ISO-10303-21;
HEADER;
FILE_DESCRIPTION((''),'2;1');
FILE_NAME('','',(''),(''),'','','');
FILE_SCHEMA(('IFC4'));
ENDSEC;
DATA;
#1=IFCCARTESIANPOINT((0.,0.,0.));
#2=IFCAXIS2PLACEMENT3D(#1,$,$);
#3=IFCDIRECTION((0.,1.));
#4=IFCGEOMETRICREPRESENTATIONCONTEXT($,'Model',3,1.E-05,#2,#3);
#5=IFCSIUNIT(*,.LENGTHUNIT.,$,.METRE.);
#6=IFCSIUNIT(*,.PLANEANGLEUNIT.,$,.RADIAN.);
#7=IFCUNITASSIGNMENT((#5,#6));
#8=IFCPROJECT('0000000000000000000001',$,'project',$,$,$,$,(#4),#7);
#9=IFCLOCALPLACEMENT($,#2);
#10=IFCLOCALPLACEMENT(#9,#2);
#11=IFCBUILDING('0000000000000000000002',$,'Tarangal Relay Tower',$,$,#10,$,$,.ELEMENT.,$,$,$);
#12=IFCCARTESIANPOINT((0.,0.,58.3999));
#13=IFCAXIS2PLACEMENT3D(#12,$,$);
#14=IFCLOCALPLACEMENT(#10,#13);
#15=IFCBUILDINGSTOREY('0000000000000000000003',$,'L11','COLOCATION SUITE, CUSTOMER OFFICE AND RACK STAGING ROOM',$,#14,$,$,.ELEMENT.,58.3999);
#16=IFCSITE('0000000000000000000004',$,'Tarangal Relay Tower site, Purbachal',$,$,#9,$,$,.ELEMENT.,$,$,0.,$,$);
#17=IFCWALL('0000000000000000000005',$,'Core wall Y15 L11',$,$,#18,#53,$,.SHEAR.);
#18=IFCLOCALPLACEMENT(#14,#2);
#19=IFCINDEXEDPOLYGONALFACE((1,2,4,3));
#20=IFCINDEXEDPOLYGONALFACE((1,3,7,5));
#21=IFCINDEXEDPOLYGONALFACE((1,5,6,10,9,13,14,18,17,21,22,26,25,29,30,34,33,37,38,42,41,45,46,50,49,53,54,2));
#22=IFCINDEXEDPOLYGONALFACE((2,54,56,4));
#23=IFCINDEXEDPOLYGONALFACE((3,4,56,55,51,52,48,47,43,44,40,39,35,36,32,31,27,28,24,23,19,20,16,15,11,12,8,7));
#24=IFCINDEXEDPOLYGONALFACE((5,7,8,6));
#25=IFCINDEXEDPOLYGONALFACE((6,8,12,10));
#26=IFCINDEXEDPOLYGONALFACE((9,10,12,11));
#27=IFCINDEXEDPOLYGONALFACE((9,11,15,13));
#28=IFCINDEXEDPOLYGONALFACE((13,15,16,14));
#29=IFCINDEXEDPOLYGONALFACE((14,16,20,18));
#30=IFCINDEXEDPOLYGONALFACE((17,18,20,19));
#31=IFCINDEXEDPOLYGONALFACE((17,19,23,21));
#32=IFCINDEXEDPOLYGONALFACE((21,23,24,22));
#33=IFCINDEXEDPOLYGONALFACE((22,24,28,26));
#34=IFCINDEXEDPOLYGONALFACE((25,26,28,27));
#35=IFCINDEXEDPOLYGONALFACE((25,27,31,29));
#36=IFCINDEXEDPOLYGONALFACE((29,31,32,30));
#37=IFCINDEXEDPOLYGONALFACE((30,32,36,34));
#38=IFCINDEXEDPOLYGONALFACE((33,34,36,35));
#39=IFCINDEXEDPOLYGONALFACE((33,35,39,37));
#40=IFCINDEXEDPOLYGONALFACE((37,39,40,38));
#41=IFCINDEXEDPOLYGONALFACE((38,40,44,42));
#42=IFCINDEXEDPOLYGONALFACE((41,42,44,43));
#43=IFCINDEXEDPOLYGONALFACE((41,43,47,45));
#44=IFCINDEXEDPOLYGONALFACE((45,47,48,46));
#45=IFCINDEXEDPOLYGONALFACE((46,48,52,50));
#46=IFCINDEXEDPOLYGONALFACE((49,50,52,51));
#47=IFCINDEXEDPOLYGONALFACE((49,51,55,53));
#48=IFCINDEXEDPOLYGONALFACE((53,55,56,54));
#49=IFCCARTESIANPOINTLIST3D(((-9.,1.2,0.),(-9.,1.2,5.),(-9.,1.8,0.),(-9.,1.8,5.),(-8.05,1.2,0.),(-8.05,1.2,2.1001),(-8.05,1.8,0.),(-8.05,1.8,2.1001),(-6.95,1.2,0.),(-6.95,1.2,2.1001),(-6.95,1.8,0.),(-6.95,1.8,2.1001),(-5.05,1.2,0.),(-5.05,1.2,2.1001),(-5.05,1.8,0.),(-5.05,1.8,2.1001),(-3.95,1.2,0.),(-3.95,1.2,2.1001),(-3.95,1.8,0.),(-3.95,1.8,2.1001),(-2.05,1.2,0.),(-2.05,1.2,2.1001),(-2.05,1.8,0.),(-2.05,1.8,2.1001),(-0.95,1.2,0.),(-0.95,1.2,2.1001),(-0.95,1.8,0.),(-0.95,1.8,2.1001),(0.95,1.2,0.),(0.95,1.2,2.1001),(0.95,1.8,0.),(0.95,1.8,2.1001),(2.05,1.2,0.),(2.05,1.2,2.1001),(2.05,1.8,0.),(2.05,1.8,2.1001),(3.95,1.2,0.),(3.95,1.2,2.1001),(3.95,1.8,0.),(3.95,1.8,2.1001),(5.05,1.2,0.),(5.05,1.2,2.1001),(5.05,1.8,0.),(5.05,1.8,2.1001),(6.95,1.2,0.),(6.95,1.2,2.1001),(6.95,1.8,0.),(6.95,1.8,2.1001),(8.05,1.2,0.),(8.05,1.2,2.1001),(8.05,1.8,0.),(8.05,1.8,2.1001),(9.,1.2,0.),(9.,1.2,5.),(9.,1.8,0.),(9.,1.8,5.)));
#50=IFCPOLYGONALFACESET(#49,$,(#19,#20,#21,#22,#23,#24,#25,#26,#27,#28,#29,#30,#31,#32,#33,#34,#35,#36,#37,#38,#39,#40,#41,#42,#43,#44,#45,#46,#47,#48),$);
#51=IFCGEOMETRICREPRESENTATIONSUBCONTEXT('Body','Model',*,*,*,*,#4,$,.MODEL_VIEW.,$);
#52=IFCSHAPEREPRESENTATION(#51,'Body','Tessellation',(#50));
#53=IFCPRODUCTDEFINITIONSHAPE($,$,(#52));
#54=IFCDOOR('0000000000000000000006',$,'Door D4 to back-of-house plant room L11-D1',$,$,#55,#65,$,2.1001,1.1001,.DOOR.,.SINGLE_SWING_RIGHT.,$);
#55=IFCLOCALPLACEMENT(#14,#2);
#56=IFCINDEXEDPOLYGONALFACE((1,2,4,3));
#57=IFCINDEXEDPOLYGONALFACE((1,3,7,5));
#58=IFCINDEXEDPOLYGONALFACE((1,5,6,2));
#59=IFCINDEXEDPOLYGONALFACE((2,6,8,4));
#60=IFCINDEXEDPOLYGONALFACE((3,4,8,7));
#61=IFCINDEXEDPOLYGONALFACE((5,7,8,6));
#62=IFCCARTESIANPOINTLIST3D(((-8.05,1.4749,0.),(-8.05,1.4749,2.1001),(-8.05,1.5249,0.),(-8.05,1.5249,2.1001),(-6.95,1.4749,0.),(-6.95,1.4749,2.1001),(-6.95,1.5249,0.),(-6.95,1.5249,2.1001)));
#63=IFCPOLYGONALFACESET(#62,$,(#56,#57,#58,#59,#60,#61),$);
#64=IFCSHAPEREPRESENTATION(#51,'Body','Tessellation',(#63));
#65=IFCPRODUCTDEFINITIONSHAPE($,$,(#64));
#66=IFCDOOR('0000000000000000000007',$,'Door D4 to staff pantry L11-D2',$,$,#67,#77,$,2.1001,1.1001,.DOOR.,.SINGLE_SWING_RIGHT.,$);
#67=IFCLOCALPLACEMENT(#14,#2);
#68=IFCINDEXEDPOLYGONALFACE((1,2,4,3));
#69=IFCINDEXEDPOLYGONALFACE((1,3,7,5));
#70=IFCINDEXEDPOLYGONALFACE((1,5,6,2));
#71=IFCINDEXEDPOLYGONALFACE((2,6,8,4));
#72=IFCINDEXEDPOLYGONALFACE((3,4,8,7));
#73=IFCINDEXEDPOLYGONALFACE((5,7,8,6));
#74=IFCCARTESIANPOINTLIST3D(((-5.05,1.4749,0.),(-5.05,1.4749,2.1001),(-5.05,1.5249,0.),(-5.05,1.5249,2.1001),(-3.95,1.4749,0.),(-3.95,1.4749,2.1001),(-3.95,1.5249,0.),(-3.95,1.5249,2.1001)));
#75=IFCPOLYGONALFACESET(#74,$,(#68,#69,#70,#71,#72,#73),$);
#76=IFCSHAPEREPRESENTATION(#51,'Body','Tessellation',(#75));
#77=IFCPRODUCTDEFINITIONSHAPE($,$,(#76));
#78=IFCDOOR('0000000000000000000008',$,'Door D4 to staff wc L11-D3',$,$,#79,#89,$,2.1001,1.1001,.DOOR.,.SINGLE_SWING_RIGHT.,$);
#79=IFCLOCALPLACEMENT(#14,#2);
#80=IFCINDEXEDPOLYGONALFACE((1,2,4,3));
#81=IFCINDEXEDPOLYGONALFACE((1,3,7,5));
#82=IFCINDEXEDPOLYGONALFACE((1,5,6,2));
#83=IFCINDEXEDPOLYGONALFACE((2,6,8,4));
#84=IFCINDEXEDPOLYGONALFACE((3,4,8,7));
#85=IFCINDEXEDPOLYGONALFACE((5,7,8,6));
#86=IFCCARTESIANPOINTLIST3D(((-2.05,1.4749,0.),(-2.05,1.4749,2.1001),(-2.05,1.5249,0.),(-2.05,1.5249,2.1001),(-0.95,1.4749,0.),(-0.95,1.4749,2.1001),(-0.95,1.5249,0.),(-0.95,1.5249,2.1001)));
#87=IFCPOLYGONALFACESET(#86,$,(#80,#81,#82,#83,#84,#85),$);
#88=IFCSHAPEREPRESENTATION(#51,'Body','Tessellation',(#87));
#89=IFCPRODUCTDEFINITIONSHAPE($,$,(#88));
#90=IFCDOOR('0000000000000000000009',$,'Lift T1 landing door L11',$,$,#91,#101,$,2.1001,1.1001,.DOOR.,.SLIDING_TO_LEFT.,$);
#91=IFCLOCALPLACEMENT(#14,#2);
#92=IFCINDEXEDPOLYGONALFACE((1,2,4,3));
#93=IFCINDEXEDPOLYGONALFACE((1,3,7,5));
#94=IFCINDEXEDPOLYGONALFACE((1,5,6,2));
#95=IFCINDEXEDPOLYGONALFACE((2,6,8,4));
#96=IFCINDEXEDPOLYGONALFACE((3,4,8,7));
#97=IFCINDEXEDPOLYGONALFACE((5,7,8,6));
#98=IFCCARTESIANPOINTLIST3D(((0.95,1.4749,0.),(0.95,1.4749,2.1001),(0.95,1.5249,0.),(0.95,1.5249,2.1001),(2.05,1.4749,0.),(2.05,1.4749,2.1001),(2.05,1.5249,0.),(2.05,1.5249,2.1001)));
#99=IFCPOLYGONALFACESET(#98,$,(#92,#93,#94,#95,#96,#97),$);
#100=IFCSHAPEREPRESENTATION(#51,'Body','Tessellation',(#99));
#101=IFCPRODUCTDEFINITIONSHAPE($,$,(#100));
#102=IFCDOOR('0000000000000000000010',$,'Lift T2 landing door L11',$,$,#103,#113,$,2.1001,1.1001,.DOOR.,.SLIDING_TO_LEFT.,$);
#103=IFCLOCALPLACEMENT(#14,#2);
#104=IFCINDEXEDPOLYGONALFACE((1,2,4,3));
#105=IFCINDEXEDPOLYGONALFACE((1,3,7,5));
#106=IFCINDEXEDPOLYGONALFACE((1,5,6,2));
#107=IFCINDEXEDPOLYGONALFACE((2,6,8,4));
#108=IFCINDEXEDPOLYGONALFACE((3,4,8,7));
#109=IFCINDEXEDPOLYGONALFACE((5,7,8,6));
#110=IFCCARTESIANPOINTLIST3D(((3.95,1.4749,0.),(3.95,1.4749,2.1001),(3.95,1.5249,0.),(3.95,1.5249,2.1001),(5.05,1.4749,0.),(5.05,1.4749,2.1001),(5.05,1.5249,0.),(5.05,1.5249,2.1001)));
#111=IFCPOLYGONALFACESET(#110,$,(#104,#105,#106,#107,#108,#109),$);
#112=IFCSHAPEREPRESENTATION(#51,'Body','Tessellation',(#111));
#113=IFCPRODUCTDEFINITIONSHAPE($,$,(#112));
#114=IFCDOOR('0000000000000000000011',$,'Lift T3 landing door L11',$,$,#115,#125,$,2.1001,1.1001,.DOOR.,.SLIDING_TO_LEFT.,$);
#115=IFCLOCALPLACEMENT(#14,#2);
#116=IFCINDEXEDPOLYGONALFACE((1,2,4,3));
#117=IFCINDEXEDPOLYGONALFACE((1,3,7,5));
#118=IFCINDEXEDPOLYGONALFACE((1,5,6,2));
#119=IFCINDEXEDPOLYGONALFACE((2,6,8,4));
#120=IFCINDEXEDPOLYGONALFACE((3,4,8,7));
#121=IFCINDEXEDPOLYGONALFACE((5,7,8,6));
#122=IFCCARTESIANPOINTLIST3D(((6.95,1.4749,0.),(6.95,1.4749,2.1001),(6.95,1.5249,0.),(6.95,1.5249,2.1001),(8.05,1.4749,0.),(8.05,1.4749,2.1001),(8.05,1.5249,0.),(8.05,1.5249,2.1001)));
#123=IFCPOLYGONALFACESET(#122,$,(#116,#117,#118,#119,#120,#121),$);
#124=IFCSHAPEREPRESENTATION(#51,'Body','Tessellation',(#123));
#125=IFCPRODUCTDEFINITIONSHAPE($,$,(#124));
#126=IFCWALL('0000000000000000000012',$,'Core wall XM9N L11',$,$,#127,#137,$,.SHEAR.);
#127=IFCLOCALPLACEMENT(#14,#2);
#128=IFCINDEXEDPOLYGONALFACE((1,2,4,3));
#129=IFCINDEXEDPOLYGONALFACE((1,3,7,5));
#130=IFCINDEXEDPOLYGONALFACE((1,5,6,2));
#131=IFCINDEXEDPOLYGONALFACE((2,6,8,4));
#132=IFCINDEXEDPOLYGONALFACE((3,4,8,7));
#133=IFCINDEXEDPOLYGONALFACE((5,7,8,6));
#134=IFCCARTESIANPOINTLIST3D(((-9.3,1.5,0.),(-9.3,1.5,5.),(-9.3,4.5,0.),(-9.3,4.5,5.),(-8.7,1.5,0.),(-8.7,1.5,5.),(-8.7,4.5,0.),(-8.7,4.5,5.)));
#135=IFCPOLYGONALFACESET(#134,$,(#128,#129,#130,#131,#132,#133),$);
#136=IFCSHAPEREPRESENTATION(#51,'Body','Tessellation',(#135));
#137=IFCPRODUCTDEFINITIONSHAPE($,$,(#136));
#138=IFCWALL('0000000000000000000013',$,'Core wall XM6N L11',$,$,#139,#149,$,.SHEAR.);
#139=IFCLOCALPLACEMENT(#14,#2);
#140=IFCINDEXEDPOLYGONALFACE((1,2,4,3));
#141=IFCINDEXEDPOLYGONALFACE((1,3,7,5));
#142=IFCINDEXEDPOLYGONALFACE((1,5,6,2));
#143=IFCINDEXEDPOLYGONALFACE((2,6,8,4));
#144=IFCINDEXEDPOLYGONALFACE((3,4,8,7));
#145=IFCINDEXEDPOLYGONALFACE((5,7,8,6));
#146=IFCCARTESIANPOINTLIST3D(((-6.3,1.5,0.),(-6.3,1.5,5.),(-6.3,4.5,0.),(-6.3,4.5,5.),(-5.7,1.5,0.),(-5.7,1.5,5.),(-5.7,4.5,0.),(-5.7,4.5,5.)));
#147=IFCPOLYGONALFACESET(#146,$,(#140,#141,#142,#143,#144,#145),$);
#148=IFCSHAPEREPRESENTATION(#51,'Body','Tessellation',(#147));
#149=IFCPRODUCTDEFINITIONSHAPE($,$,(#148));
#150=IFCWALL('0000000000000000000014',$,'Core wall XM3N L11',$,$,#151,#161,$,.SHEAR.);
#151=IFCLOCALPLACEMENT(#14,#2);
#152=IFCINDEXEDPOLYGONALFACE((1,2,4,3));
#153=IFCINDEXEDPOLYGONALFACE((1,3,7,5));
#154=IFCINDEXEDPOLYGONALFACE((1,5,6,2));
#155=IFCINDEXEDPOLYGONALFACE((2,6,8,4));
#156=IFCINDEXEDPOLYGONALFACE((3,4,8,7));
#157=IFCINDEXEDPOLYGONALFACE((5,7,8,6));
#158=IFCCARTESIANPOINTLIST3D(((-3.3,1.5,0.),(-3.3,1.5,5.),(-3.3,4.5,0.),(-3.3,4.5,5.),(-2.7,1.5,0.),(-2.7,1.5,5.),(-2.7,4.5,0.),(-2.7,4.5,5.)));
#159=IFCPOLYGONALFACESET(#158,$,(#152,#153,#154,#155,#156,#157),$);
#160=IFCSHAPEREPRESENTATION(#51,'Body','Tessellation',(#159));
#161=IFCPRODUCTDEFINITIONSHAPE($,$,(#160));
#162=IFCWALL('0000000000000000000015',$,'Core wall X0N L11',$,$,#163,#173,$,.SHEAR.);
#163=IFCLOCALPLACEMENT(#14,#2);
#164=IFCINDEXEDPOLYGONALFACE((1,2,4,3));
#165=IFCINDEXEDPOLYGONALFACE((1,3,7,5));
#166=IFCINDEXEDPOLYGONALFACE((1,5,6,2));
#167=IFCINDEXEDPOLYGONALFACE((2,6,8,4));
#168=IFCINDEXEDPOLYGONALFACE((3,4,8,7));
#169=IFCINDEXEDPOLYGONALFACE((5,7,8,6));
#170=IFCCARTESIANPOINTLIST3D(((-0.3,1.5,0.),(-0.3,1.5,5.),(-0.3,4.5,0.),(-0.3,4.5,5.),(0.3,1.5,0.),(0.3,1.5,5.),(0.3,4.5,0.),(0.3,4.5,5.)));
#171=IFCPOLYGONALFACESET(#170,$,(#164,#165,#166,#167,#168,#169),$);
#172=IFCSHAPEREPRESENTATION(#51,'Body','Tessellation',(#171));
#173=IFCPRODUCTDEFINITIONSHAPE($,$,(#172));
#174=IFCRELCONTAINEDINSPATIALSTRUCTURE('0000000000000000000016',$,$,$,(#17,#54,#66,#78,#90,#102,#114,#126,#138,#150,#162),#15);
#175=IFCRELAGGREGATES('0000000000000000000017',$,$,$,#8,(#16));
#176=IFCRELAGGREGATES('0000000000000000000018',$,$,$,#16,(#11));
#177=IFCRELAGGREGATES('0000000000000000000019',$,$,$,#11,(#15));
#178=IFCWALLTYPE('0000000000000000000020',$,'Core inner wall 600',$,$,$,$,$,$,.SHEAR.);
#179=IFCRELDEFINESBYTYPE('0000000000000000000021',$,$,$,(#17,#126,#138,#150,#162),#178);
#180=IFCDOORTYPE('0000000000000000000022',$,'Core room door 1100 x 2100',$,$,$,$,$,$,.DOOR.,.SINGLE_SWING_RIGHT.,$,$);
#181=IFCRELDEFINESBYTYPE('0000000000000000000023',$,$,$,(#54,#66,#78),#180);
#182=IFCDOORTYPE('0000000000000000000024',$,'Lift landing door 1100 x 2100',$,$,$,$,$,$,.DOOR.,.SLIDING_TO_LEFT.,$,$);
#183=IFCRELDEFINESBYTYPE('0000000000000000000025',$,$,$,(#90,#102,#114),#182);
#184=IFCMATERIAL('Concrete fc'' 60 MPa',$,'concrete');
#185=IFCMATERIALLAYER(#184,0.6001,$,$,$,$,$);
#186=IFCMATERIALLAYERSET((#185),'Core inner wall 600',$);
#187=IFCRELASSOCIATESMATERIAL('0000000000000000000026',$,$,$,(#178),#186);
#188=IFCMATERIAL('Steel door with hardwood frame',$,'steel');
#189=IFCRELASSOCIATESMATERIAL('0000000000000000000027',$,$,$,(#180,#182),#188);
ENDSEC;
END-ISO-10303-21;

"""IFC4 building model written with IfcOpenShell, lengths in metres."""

from ifc_helpers import new_model, si_unit, direction, frame, frame_2d, origin, place, context, subcontext, project, spatial, rectangle, extrude, material, layer, layer_set, type_object, element, fill, save


model = new_model("IFC4")

# Units and contexts
model_context = context("Model", 3, precision=1e-05, world=origin(), true_north=direction((0.0, 1.0)))
body_context = subcontext(model_context, "Body", "Model", "MODEL_VIEW")
ifc_project = project(units=[si_unit("LENGTHUNIT", "METRE"), si_unit("PLANEANGLEUNIT", "RADIAN")], contexts=[model_context])

# Site, building, storey
site_placement = place(None, origin())
site = spatial("IfcSite", under=ifc_project, at=site_placement, Name="Tarangal Relay Tower site, Purbachal", CompositionType="ELEMENT", RefElevation=0.0)
building_placement = place(site_placement, origin())
building = spatial("IfcBuilding", under=site, at=building_placement, Name="Tarangal Relay Tower", CompositionType="ELEMENT")
storey_placement = place(building_placement, frame((0.0, 0.0, 58.3999)))
storey = spatial("IfcBuildingStorey", under=building, at=storey_placement, Name="L11", Description="COLOCATION SUITE, CUSTOMER OFFICE AND RACK STAGING ROOM", CompositionType="ELEMENT", Elevation=58.3999)

# Wall, openings, doors
ifc_material_1 = material(Name="Concrete fc' 60 MPa", Category="concrete")
ifc_layer_1 = layer(ifc_material_1, 0.6001)
ifc_layer_set_1 = layer_set([ifc_layer_1], Name="Core inner wall 600")
wall_type = type_object("IfcWallType", Name="Core inner wall 600", PredefinedType="SHEAR", material=ifc_layer_set_1)
wall_1_placement = place(storey_placement, frame((-9.0, 1.5, 0.0), z_axis=(0.0, 0.0, 1.0), x_axis=(1.0, 0.0, 0.0)))
wall_1 = element("IfcWall", 1, at=wall_1_placement, inside=storey, type_object=wall_type, Name="Core wall Y15 L11", PredefinedType="SHEAR", context=body_context, shape_type="SweptSolid", body=[
    extrude(rectangle(XDim=18.0, YDim=0.6001, at=frame_2d((9.0, 0.0))), origin(), (0.0, 0.0, 1.0), 5.0),
])
opening_1_placement = place(wall_1_placement, frame((9.95, 0.0, 0.0)))
opening_1 = element("IfcOpeningElement", 2, at=opening_1_placement, cuts=wall_1, PredefinedType="OPENING", context=body_context, shape_type="SweptSolid", body=[
    extrude(rectangle(XDim=1.1001, YDim=2.1001, at=frame_2d((0.55, 1.05))), frame((0.0, 0.3101, 0.0), z_axis=(0.0, -1.0, 0.0), x_axis=(1.0, 0.0, 0.0)), (0.0, 0.0, 1.0), 0.6201),
])
opening_2_placement = place(wall_1_placement, frame((12.95, 0.0, 0.0)))
opening_2 = element("IfcOpeningElement", 3, at=opening_2_placement, cuts=wall_1, PredefinedType="OPENING", context=body_context, shape_type="SweptSolid", body=[
    extrude(rectangle(XDim=1.1001, YDim=2.1001, at=frame_2d((0.55, 1.05))), frame((0.0, 0.3101, 0.0), z_axis=(0.0, -1.0, 0.0), x_axis=(1.0, 0.0, 0.0)), (0.0, 0.0, 1.0), 0.6201),
])
opening_3_placement = place(wall_1_placement, frame((15.95, 0.0, 0.0)))
opening_3 = element("IfcOpeningElement", 4, at=opening_3_placement, cuts=wall_1, PredefinedType="OPENING", context=body_context, shape_type="SweptSolid", body=[
    extrude(rectangle(XDim=1.1001, YDim=2.1001, at=frame_2d((0.55, 1.05))), frame((0.0, 0.3101, 0.0), z_axis=(0.0, -1.0, 0.0), x_axis=(1.0, 0.0, 0.0)), (0.0, 0.0, 1.0), 0.6201),
])
opening_4_placement = place(wall_1_placement, frame((0.95, 0.0, 0.0)))
opening_4 = element("IfcOpeningElement", 5, at=opening_4_placement, cuts=wall_1, PredefinedType="OPENING", context=body_context, shape_type="SweptSolid", body=[
    extrude(rectangle(XDim=1.1001, YDim=2.1001, at=frame_2d((0.55, 1.05))), frame((0.0, 0.3101, 0.0), z_axis=(0.0, -1.0, 0.0), x_axis=(1.0, 0.0, 0.0)), (0.0, 0.0, 1.0), 0.6201),
])
opening_5_placement = place(wall_1_placement, frame((3.95, 0.0, 0.0)))
opening_5 = element("IfcOpeningElement", 6, at=opening_5_placement, cuts=wall_1, PredefinedType="OPENING", context=body_context, shape_type="SweptSolid", body=[
    extrude(rectangle(XDim=1.1001, YDim=2.1001, at=frame_2d((0.55, 1.05))), frame((0.0, 0.3101, 0.0), z_axis=(0.0, -1.0, 0.0), x_axis=(1.0, 0.0, 0.0)), (0.0, 0.0, 1.0), 0.6201),
])
opening_6_placement = place(wall_1_placement, frame((6.95, 0.0, 0.0)))
opening_6 = element("IfcOpeningElement", 7, at=opening_6_placement, cuts=wall_1, PredefinedType="OPENING", context=body_context, shape_type="SweptSolid", body=[
    extrude(rectangle(XDim=1.1001, YDim=2.1001, at=frame_2d((0.55, 1.05))), frame((0.0, 0.3101, 0.0), z_axis=(0.0, -1.0, 0.0), x_axis=(1.0, 0.0, 0.0)), (0.0, 0.0, 1.0), 0.6201),
])
ifc_material_2 = material(Name="Steel door with hardwood frame", Category="steel")
door_type_1 = type_object("IfcDoorType", Name="Core room door 1100 x 2100", OperationType="SINGLE_SWING_RIGHT", PredefinedType="DOOR", material=ifc_material_2)
door_1_placement = place(opening_4_placement, origin())
door_1 = element("IfcDoor", 8, at=door_1_placement, inside=storey, type_object=door_type_1, Name="Door D4 to back-of-house plant room L11-D1", OperationType="SINGLE_SWING_RIGHT", OverallHeight=2.1001, OverallWidth=1.1001, PredefinedType="DOOR", context=body_context, shape_type="SweptSolid", body=[
    extrude(rectangle(XDim=1.1001, YDim=2.1001, at=frame_2d((0.55, 1.05))), frame((0.0, 0.0249, 0.0), z_axis=(0.0, -1.0, 0.0), x_axis=(1.0, 0.0, 0.0)), (0.0, 0.0, 1.0), 0.05),
])
fill(opening_4, door_1)
door_2_placement = place(opening_5_placement, origin())
door_2 = element("IfcDoor", 9, at=door_2_placement, inside=storey, type_object=door_type_1, Name="Door D4 to staff pantry L11-D2", OperationType="SINGLE_SWING_RIGHT", OverallHeight=2.1001, OverallWidth=1.1001, PredefinedType="DOOR", context=body_context, shape_type="SweptSolid", body=[
    extrude(rectangle(XDim=1.1001, YDim=2.1001, at=frame_2d((0.55, 1.05))), frame((0.0, 0.0249, 0.0), z_axis=(0.0, -1.0, 0.0), x_axis=(1.0, 0.0, 0.0)), (0.0, 0.0, 1.0), 0.05),
])
fill(opening_5, door_2)
door_3_placement = place(opening_6_placement, origin())
door_3 = element("IfcDoor", 10, at=door_3_placement, inside=storey, type_object=door_type_1, Name="Door D4 to staff wc L11-D3", OperationType="SINGLE_SWING_RIGHT", OverallHeight=2.1001, OverallWidth=1.1001, PredefinedType="DOOR", context=body_context, shape_type="SweptSolid", body=[
    extrude(rectangle(XDim=1.1001, YDim=2.1001, at=frame_2d((0.55, 1.05))), frame((0.0, 0.0249, 0.0), z_axis=(0.0, -1.0, 0.0), x_axis=(1.0, 0.0, 0.0)), (0.0, 0.0, 1.0), 0.05),
])
fill(opening_6, door_3)
door_type_2 = type_object("IfcDoorType", Name="Lift landing door 1100 x 2100", OperationType="SLIDING_TO_LEFT", PredefinedType="DOOR", material=ifc_material_2)
door_4_placement = place(opening_1_placement, origin())
door_4 = element("IfcDoor", 11, at=door_4_placement, inside=storey, type_object=door_type_2, Name="Lift T1 landing door L11", OperationType="SLIDING_TO_LEFT", OverallHeight=2.1001, OverallWidth=1.1001, PredefinedType="DOOR", context=body_context, shape_type="SweptSolid", body=[
    extrude(rectangle(XDim=1.1001, YDim=2.1001, at=frame_2d((0.55, 1.05))), frame((0.0, 0.0249, 0.0), z_axis=(0.0, -1.0, 0.0), x_axis=(1.0, 0.0, 0.0)), (0.0, 0.0, 1.0), 0.05),
])
fill(opening_1, door_4)
door_5_placement = place(opening_2_placement, origin())
door_5 = element("IfcDoor", 12, at=door_5_placement, inside=storey, type_object=door_type_2, Name="Lift T2 landing door L11", OperationType="SLIDING_TO_LEFT", OverallHeight=2.1001, OverallWidth=1.1001, PredefinedType="DOOR", context=body_context, shape_type="SweptSolid", body=[
    extrude(rectangle(XDim=1.1001, YDim=2.1001, at=frame_2d((0.55, 1.05))), frame((0.0, 0.0249, 0.0), z_axis=(0.0, -1.0, 0.0), x_axis=(1.0, 0.0, 0.0)), (0.0, 0.0, 1.0), 0.05),
])
fill(opening_2, door_5)
door_6_placement = place(opening_3_placement, origin())
door_6 = element("IfcDoor", 13, at=door_6_placement, inside=storey, type_object=door_type_2, Name="Lift T3 landing door L11", OperationType="SLIDING_TO_LEFT", OverallHeight=2.1001, OverallWidth=1.1001, PredefinedType="DOOR", context=body_context, shape_type="SweptSolid", body=[
    extrude(rectangle(XDim=1.1001, YDim=2.1001, at=frame_2d((0.55, 1.05))), frame((0.0, 0.0249, 0.0), z_axis=(0.0, -1.0, 0.0), x_axis=(1.0, 0.0, 0.0)), (0.0, 0.0, 1.0), 0.05),
])
fill(opening_3, door_6)

# Walls
for number, where, z_axis, x_axis, name in (
    (14, (-9.0, 1.5, 0.0), (0.0, 0.0, 1.0), (0.0, 1.0, 0.0), "Core wall XM9N L11"),
    (15, (-6.0, 1.5, 0.0), (0.0, 0.0, 1.0), (0.0, 1.0, 0.0), "Core wall XM6N L11"),
    (16, (-3.0, 1.5, 0.0), (0.0, 0.0, 1.0), (0.0, 1.0, 0.0), "Core wall XM3N L11"),
    (17, (0.0, 1.5, 0.0), (0.0, 0.0, 1.0), (0.0, 1.0, 0.0), "Core wall X0N L11"),
):
    element("IfcWall", number, at=place(storey_placement, frame(where, z_axis=z_axis, x_axis=x_axis)), inside=storey, type_object=wall_type, Name=name, PredefinedType="SHEAR", context=body_context, shape_type="SweptSolid", body=[
        extrude(rectangle(XDim=3.0, YDim=0.6001, at=frame_2d((1.5, 0.0))), origin(), (0.0, 0.0, 1.0), 5.0),
    ])

save(model, "model.ifc")
